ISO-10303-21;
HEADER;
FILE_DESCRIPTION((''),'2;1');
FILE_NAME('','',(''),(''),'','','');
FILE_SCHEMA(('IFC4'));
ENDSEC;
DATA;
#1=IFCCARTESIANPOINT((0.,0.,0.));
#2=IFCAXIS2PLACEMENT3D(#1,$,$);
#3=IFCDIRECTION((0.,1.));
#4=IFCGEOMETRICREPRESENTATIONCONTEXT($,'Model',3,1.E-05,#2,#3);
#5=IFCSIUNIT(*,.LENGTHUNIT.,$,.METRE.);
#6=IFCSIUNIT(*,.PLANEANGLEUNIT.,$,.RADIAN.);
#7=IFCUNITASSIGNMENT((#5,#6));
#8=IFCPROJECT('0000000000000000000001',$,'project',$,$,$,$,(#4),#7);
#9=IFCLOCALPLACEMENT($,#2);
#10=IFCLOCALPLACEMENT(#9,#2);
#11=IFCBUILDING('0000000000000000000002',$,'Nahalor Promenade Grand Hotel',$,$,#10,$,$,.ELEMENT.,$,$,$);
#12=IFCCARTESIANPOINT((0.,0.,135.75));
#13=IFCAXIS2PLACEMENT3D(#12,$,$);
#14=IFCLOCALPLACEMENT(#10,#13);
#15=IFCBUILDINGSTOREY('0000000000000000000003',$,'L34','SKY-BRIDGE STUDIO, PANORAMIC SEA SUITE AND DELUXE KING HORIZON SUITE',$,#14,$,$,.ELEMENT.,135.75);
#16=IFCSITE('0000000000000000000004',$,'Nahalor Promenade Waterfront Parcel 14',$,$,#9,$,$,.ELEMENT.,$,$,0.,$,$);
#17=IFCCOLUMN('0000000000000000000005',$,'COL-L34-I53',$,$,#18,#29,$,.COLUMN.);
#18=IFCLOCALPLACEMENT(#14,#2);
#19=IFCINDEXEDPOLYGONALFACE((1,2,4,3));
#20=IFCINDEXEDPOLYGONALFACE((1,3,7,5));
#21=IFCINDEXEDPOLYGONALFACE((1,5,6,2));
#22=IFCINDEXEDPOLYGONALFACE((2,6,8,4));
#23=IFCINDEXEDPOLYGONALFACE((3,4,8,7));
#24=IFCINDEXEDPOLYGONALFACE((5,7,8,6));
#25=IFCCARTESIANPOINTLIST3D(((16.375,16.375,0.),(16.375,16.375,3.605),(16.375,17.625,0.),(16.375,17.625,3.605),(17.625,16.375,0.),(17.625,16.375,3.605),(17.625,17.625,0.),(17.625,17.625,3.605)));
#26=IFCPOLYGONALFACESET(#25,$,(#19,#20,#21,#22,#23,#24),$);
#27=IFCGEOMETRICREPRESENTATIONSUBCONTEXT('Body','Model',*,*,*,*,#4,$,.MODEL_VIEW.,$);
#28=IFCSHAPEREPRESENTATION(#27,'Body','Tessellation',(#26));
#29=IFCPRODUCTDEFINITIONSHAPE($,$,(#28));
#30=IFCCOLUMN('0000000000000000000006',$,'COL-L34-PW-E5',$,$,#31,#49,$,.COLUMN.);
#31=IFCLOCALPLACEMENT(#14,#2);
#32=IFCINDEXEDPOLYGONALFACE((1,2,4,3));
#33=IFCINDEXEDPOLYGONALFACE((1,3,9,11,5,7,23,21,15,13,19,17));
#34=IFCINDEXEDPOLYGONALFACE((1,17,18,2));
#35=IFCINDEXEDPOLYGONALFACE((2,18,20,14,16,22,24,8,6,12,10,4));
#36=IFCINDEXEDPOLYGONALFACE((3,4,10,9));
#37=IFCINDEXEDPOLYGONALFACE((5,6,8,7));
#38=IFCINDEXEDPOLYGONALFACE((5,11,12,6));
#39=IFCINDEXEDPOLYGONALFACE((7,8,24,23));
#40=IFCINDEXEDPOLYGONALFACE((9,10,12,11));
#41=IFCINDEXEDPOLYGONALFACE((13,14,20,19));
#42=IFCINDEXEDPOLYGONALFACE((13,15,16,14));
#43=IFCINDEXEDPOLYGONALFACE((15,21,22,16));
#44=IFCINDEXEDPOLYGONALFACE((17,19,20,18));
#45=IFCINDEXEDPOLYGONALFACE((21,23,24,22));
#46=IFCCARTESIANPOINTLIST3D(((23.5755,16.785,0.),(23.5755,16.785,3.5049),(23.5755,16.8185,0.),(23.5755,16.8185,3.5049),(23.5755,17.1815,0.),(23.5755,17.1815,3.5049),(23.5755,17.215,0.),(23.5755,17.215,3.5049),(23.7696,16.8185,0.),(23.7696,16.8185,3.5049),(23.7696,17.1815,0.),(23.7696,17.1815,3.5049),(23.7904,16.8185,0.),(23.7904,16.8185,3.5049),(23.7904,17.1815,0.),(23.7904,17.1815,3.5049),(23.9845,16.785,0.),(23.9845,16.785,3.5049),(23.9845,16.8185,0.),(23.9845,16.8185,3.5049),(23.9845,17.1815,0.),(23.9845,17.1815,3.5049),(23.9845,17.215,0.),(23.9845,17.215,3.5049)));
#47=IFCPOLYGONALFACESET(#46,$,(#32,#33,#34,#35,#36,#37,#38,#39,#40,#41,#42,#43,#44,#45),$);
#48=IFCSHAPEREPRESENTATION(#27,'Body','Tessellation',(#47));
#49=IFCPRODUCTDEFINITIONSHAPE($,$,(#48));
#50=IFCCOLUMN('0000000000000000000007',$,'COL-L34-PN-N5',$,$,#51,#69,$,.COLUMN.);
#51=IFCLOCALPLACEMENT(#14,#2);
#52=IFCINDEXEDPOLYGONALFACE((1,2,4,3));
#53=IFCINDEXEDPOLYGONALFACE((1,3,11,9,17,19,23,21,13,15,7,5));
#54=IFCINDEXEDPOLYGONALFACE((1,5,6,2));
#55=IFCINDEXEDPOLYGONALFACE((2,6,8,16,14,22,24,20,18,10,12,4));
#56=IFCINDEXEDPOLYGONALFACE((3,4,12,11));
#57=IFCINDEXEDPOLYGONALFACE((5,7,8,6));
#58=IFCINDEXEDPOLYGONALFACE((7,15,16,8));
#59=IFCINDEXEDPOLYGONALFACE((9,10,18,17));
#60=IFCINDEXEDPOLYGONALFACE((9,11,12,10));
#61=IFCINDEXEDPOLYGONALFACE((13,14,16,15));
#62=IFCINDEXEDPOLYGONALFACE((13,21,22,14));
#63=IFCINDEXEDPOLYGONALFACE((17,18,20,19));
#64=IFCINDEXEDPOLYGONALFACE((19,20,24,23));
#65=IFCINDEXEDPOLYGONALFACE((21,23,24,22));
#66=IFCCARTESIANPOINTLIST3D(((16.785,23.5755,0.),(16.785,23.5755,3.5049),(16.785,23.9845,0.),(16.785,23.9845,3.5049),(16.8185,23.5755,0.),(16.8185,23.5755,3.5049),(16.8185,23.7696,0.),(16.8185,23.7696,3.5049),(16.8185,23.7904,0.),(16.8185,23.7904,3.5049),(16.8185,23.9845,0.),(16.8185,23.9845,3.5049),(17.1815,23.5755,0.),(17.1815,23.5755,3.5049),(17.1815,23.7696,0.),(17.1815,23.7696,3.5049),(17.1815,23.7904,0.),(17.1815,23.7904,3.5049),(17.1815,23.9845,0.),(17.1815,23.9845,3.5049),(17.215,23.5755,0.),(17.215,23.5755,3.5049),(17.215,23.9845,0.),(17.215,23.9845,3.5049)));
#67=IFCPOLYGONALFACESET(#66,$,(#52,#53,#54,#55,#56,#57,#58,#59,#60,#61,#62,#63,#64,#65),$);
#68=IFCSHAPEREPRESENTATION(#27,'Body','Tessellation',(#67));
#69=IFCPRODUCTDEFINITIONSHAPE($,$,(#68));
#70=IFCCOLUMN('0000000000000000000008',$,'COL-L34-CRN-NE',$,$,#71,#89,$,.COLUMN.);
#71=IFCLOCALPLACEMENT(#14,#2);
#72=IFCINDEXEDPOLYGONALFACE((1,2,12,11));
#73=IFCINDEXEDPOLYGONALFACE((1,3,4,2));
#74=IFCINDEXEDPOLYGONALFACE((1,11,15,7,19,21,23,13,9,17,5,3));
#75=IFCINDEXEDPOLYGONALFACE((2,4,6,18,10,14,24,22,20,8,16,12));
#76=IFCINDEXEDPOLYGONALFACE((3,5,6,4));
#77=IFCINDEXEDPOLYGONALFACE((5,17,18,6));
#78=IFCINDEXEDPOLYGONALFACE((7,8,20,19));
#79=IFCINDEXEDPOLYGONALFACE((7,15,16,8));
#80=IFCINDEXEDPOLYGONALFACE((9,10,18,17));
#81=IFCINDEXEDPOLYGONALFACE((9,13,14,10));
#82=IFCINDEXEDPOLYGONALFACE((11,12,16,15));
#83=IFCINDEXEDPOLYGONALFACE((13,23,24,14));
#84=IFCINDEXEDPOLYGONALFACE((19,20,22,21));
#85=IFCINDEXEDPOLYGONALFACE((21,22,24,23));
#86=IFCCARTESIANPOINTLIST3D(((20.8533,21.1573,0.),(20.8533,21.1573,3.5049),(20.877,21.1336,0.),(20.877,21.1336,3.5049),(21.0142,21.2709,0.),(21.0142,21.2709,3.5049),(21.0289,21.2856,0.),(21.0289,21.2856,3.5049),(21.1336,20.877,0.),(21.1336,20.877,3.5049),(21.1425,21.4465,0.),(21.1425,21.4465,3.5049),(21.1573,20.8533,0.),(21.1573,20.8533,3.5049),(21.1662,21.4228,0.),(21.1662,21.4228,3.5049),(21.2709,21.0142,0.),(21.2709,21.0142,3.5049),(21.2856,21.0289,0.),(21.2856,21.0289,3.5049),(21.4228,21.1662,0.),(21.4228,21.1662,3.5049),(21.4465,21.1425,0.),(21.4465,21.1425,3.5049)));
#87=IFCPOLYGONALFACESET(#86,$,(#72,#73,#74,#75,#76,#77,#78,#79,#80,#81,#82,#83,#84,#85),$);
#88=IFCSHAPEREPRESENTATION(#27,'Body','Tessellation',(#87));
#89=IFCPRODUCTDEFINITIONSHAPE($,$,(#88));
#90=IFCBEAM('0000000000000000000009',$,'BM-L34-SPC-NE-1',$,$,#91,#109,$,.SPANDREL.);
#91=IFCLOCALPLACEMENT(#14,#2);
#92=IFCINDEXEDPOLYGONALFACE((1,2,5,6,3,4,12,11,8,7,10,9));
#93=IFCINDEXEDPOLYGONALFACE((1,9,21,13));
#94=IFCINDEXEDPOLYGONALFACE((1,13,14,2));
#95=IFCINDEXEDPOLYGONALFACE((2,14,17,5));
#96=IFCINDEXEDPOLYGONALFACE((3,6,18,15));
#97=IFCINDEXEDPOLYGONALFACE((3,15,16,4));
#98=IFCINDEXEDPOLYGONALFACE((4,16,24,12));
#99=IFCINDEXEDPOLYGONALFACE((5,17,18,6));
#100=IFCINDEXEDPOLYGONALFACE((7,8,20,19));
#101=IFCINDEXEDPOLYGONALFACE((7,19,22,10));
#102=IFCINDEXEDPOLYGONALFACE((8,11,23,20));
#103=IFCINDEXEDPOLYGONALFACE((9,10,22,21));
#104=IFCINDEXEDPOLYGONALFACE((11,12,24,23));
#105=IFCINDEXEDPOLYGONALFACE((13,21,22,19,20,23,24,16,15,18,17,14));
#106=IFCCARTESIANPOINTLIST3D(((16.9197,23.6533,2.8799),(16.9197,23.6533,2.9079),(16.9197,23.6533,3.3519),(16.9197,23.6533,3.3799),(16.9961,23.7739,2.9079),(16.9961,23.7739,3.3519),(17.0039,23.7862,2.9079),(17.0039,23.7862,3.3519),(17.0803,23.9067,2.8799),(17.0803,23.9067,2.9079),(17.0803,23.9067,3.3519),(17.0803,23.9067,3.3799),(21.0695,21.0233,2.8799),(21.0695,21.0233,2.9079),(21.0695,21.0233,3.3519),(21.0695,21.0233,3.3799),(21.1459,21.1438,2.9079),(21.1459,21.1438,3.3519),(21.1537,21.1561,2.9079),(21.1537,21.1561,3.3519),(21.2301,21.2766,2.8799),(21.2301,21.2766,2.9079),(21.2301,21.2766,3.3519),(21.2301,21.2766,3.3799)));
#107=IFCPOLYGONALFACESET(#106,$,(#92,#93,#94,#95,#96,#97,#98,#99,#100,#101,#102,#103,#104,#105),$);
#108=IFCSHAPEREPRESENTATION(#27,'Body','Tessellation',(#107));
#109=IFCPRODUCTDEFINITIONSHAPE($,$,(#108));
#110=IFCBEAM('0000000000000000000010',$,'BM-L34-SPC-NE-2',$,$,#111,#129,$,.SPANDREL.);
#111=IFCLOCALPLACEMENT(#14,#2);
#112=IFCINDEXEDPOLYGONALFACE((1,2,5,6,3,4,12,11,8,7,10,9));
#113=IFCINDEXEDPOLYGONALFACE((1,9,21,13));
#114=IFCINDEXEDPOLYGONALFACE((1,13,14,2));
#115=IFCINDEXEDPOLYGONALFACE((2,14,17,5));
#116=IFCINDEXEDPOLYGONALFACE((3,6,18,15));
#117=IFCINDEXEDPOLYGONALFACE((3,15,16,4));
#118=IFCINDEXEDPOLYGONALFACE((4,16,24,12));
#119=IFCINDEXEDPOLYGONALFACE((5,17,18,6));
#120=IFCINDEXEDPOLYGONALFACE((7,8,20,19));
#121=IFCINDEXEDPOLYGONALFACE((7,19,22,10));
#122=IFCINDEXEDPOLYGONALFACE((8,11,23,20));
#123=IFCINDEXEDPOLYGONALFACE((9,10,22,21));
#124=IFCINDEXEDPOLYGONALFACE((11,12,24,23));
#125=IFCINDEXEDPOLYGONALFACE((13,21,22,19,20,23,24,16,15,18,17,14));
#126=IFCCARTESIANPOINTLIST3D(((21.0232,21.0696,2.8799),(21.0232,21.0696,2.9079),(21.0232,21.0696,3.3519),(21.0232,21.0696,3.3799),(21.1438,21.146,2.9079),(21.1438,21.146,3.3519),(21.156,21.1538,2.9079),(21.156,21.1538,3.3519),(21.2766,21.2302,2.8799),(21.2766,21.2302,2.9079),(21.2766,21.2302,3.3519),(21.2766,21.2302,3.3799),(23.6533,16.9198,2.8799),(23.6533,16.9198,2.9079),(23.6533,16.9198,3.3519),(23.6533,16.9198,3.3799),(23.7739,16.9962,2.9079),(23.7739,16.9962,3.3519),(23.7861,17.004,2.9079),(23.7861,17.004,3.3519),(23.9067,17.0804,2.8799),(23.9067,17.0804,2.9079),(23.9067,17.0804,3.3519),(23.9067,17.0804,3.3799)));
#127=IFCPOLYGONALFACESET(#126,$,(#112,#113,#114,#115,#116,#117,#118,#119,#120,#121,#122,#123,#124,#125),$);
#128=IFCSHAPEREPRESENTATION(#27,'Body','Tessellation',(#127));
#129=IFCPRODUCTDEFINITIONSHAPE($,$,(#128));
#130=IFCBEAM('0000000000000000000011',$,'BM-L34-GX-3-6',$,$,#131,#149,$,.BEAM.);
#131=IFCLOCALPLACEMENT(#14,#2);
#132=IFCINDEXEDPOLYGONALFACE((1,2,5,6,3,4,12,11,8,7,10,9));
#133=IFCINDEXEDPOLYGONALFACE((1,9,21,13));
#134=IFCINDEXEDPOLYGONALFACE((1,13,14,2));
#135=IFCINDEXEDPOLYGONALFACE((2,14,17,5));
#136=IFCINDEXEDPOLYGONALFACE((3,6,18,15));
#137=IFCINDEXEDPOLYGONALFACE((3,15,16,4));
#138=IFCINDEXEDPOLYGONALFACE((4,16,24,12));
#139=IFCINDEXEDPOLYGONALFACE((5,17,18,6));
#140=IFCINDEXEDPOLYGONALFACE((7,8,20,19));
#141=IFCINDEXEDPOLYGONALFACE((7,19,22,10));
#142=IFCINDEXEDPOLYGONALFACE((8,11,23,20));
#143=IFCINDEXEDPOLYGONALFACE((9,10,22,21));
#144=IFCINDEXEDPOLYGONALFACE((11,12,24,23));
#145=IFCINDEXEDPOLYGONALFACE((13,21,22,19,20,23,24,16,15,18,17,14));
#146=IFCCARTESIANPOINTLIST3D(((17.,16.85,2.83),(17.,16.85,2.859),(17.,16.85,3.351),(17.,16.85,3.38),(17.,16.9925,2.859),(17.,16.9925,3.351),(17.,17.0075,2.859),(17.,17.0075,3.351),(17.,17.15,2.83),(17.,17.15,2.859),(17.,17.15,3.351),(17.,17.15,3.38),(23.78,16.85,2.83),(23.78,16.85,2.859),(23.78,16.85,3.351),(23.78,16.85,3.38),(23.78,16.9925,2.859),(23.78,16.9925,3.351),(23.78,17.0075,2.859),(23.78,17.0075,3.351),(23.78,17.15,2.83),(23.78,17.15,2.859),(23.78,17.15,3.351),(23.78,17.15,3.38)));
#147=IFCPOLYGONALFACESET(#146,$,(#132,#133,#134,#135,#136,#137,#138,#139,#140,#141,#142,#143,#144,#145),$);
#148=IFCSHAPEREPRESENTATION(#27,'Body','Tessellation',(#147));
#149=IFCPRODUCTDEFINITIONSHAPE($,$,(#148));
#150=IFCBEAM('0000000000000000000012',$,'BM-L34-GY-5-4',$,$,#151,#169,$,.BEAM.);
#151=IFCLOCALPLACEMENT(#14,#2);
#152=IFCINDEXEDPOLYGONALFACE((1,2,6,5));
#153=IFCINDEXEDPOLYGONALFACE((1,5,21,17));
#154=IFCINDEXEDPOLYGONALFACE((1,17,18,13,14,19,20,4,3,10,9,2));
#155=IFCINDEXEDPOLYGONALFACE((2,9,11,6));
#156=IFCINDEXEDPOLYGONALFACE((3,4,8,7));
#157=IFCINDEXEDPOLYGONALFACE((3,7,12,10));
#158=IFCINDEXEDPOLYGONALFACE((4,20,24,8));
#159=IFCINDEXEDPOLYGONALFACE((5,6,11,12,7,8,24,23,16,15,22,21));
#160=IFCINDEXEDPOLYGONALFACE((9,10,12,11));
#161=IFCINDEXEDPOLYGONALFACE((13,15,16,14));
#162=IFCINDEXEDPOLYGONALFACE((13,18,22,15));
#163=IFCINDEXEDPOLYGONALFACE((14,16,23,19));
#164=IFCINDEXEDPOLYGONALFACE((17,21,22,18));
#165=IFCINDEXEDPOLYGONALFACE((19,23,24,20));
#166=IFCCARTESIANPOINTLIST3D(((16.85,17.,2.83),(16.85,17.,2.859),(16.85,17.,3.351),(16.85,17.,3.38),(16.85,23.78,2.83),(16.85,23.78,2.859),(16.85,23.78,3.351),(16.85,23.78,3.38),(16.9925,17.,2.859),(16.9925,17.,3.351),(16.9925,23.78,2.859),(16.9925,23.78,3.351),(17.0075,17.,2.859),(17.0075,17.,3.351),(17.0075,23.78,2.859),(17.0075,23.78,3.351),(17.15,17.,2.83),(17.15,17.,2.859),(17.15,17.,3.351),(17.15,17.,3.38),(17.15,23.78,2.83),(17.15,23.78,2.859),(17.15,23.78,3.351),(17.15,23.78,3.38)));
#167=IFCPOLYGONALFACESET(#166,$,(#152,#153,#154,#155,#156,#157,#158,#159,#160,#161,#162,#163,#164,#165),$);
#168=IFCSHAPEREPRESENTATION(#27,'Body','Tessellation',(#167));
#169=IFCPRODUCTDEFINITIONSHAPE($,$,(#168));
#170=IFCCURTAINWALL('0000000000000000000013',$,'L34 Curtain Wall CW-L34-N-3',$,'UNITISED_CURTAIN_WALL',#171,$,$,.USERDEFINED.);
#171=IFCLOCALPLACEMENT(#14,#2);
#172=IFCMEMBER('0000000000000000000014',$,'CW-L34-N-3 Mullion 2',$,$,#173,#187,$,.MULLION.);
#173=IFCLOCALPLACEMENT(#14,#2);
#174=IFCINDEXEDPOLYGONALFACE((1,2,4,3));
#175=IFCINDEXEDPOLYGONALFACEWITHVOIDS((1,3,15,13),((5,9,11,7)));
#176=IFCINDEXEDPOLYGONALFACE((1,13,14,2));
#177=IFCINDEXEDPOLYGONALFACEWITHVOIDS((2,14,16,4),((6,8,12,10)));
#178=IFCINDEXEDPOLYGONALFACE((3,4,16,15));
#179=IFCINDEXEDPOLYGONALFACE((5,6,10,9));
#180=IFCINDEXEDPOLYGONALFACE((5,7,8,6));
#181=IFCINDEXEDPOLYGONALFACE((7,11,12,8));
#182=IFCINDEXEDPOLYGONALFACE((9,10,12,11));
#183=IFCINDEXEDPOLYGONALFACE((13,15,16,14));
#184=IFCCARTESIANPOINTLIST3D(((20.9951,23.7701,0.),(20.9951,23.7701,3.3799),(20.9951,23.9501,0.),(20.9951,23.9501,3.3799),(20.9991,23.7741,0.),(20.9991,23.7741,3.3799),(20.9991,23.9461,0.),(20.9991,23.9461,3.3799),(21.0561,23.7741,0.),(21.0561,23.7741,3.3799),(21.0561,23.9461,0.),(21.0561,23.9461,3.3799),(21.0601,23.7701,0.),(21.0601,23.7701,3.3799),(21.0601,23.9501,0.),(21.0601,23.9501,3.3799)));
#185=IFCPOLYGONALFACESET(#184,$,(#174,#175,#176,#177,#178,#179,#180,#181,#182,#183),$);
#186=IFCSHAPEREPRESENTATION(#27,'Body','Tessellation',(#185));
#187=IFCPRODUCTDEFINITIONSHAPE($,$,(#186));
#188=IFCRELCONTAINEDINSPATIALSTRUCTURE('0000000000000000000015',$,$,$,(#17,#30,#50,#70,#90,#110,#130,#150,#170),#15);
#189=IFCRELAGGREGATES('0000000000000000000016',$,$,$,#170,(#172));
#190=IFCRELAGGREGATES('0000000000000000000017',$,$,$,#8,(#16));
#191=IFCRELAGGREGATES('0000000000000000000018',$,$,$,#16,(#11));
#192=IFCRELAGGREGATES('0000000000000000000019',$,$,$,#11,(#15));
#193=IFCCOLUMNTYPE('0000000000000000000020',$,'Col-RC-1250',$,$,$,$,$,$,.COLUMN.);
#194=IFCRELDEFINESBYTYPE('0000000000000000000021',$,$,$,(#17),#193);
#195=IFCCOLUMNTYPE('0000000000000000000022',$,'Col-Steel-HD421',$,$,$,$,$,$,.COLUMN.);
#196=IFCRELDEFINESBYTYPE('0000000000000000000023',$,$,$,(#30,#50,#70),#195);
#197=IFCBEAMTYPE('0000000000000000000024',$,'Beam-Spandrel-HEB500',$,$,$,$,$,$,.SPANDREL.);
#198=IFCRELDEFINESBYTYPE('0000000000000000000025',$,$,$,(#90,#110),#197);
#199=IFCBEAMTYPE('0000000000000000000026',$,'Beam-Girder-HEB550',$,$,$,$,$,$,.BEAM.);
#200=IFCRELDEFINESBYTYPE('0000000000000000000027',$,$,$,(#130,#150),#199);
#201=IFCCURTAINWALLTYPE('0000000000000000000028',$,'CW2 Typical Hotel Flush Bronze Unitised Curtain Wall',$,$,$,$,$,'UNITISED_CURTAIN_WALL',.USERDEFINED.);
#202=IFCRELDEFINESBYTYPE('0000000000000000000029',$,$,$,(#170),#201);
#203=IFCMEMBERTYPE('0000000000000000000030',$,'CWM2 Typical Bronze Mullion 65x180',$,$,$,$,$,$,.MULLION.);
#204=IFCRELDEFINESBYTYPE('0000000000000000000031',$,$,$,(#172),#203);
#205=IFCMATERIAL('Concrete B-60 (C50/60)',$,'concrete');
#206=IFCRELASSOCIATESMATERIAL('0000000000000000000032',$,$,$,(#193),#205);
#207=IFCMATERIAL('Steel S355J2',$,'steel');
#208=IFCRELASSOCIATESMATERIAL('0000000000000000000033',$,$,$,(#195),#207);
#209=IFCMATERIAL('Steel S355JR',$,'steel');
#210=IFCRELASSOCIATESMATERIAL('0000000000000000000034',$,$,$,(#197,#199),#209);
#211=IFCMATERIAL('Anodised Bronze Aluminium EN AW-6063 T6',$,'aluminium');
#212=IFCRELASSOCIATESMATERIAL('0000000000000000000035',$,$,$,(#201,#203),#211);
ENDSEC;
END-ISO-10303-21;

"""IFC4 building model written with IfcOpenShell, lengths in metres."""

from ifc_helpers import new_model, si_unit, direction, frame, origin, origin_2d, place, context, subcontext, project, spatial, rectangle, hollow_rectangle, i_section, extrude, source, transform, mapped, material, material_profile, profile_set, type_object, element, aggregate, save


model = new_model("IFC4")

# Units and contexts
model_context = context("Model", 3, precision=1e-05, world=origin(), true_north=direction((0.0, 1.0)))
body_context = subcontext(model_context, "Body", "Model", "MODEL_VIEW")
ifc_project = project(units=[si_unit("LENGTHUNIT", "METRE"), si_unit("PLANEANGLEUNIT", "RADIAN")], contexts=[model_context])

# Site, building, storey
site_placement = place(None, origin())
site = spatial("IfcSite", under=ifc_project, at=site_placement, Name="Nahalor Promenade Waterfront Parcel 14", CompositionType="ELEMENT", RefElevation=0.0)
building_placement = place(site_placement, origin())
building = spatial("IfcBuilding", under=site, at=building_placement, Name="Nahalor Promenade Grand Hotel", CompositionType="ELEMENT")
storey_placement = place(building_placement, frame((0.0, 0.0, 135.75)))
storey = spatial("IfcBuildingStorey", under=building, at=storey_placement, Name="L34", Description="SKY-BRIDGE STUDIO, PANORAMIC SEA SUITE AND DELUXE KING HORIZON SUITE", CompositionType="ELEMENT", Elevation=135.75)

# Columns
ifc_material_1 = material(Name="Concrete B-60 (C50/60)", Category="concrete")
ifc_material_profile_1 = material_profile(ifc_material_1, rectangle(XDim=1.25, YDim=1.25, at=origin_2d()), Name="RC 1250x1250")
ifc_profile_set_1 = profile_set([ifc_material_profile_1], Name="Concrete B-60 (C50/60)")
column_type_1 = type_object("IfcColumnType", Name="Col-RC-1250", PredefinedType="COLUMN", material=ifc_profile_set_1)
shared_shape_1 = source(origin(), body_context, "Body", "SweptSolid", [
    extrude(rectangle(XDim=1.25, YDim=1.25, at=origin_2d()), origin(), (0.0, 0.0, 1.0), 3.605),
])
column_placement = place(storey_placement, frame((17.0, 17.0, 0.0), z_axis=(0.0, 0.0, 1.0), x_axis=(1.0, 0.0, 0.0)))
element("IfcColumn", 1, at=column_placement, inside=storey, type_object=column_type_1, Name="COL-L34-I53", PredefinedType="COLUMN", context=body_context, shape_type="MappedRepresentation", body=[
    mapped(shared_shape_1, transform((0.0, 0.0, 0.0), scale=1.0)),
])
ifc_material_2 = material(Name="Steel S355J2", Category="steel")
ifc_material_profile_2 = material_profile(ifc_material_2, i_section(OverallWidth=0.409, OverallDepth=0.43, WebThickness=0.0208, FlangeThickness=0.0335, at=origin_2d()), Name="HD 400x421")
ifc_profile_set_2 = profile_set([ifc_material_profile_2], Name="Steel S355J2")
column_type_2 = type_object("IfcColumnType", Name="Col-Steel-HD421", PredefinedType="COLUMN", material=ifc_profile_set_2)
shared_shape_2 = source(origin(), body_context, "Body", "SweptSolid", [
    extrude(i_section(OverallWidth=0.409, OverallDepth=0.43, WebThickness=0.0208, FlangeThickness=0.0335, at=origin_2d()), origin(), (0.0, 0.0, 1.0), 3.5049),
])
for number, where, z_axis, x_axis, name in (
    (2, (23.78, 17.0, 0.0), (0.0, 0.0, 1.0), (1.0, 0.0, 0.0), "COL-L34-PW-E5"),
    (3, (17.0, 23.78, 0.0), (0.0, 0.0, 1.0), (0.0, 1.0, 0.0), "COL-L34-PN-N5"),
    (4, (21.1499, 21.1499, 0.0), (0.0, 0.0, 1.0), (0.707107, 0.707107, 0.0), "COL-L34-CRN-NE"),
):
    element("IfcColumn", number, at=place(storey_placement, frame(where, z_axis=z_axis, x_axis=x_axis)), inside=storey, type_object=column_type_2, Name=name, PredefinedType="COLUMN", context=body_context, shape_type="MappedRepresentation", body=[
        mapped(shared_shape_2, transform((0.0, 0.0, 0.0), scale=1.0)),
    ])

# Beams
ifc_material_3 = material(Name="Steel S355JR", Category="steel")
ifc_material_profile_3 = material_profile(ifc_material_3, i_section(OverallWidth=0.3, OverallDepth=0.5, WebThickness=0.0145, FlangeThickness=0.028, at=origin_2d()), Name="HEB 500")
ifc_profile_set_3 = profile_set([ifc_material_profile_3], Name="Steel S355JR")
beam_type_1 = type_object("IfcBeamType", Name="Beam-Spandrel-HEB500", PredefinedType="SPANDREL", material=ifc_profile_set_3)
shared_shape_3 = source(origin(), body_context, "Body", "SweptSolid", [
    extrude(i_section(OverallWidth=0.3, OverallDepth=0.5, WebThickness=0.0145, FlangeThickness=0.028, at=origin_2d()), origin(), (0.0, 0.0, 1.0), 4.9131),
])
for number, where, z_axis, x_axis, name in (
    (5, (17.0, 23.78, 3.1299), (0.844648, -0.535322, 0.0), (0.535322, 0.844648, 0.0), "BM-L34-SPC-NE-1"),
    (6, (21.1499, 21.1499, 3.1299), (0.535322, -0.844648, 0.0), (0.844648, 0.535322, 0.0), "BM-L34-SPC-NE-2"),
):
    element("IfcBeam", number, at=place(storey_placement, frame(where, z_axis=z_axis, x_axis=x_axis)), inside=storey, type_object=beam_type_1, Name=name, PredefinedType="SPANDREL", context=body_context, shape_type="MappedRepresentation", body=[
        mapped(shared_shape_3, transform((0.0, 0.0, 0.0), scale=1.0)),
    ])
ifc_material_profile_4 = material_profile(ifc_material_3, i_section(OverallWidth=0.3, OverallDepth=0.55, WebThickness=0.015, FlangeThickness=0.029, at=origin_2d()), Name="HEB 550")
ifc_profile_set_4 = profile_set([ifc_material_profile_4], Name="Steel S355JR")
beam_type_2 = type_object("IfcBeamType", Name="Beam-Girder-HEB550", PredefinedType="BEAM", material=ifc_profile_set_4)
shared_shape_4 = source(origin(), body_context, "Body", "SweptSolid", [
    extrude(i_section(OverallWidth=0.3, OverallDepth=0.55, WebThickness=0.015, FlangeThickness=0.029, at=origin_2d()), origin(), (0.0, 0.0, 1.0), 6.78),
])
for number, where, z_axis, x_axis, name in (
    (7, (17.0, 17.0, 3.105), (1.0, 0.0, 0.0), (0.0, 1.0, 0.0), "BM-L34-GX-3-6"),
    (8, (17.0, 17.0, 3.105), (0.0, 1.0, 0.0), (-1.0, 0.0, 0.0), "BM-L34-GY-5-4"),
):
    element("IfcBeam", number, at=place(storey_placement, frame(where, z_axis=z_axis, x_axis=x_axis)), inside=storey, type_object=beam_type_2, Name=name, PredefinedType="BEAM", context=body_context, shape_type="MappedRepresentation", body=[
        mapped(shared_shape_4, transform((0.0, 0.0, 0.0), scale=1.0)),
    ])

# Curtain wall, member
ifc_material_4 = material(Name="Anodised Bronze Aluminium EN AW-6063 T6", Category="aluminium")
curtain_wall_type = type_object("IfcCurtainWallType", Name="CW2 Typical Hotel Flush Bronze Unitised Curtain Wall", ElementType="UNITISED_CURTAIN_WALL", PredefinedType="USERDEFINED", material=ifc_material_4)
curtain_wall_1_placement = place(storey_placement, origin())
curtain_wall_1 = element("IfcCurtainWall", 9, at=curtain_wall_1_placement, inside=storey, type_object=curtain_wall_type, Name="L34 Curtain Wall CW-L34-N-3", ObjectType="UNITISED_CURTAIN_WALL", PredefinedType="USERDEFINED")
ifc_material_profile_5 = material_profile(ifc_material_4, hollow_rectangle(XDim=0.065, YDim=0.18, WallThickness=0.004, at=origin_2d()), Name="CWM 65x180x4")
ifc_profile_set_5 = profile_set([ifc_material_profile_5], Name="Anodised Bronze Aluminium EN AW-6063 T6")
member_type_1 = type_object("IfcMemberType", Name="CWM2 Typical Bronze Mullion 65x180", PredefinedType="MULLION", material=ifc_profile_set_5)
shared_shape_5 = source(origin(), body_context, "Body", "SweptSolid", [
    extrude(hollow_rectangle(XDim=0.065, YDim=0.18, WallThickness=0.004, at=origin_2d()), origin(), (0.0, 0.0, 1.0), 3.3799),
])
member_1_placement = place(storey_placement, frame((21.0276, 23.8601, 0.0), z_axis=(0.0, 0.0, 1.0), x_axis=(1.0, 0.0, 0.0)))
member_1 = element("IfcMember", 10, at=member_1_placement, type_object=member_type_1, Name="CW-L34-N-3 Mullion 2", PredefinedType="MULLION", context=body_context, shape_type="MappedRepresentation", body=[
    mapped(shared_shape_5, transform((0.0, 0.0, 0.0), scale=1.0)),
])

aggregate(curtain_wall_1, [member_1])

save(model, "model.ifc")
